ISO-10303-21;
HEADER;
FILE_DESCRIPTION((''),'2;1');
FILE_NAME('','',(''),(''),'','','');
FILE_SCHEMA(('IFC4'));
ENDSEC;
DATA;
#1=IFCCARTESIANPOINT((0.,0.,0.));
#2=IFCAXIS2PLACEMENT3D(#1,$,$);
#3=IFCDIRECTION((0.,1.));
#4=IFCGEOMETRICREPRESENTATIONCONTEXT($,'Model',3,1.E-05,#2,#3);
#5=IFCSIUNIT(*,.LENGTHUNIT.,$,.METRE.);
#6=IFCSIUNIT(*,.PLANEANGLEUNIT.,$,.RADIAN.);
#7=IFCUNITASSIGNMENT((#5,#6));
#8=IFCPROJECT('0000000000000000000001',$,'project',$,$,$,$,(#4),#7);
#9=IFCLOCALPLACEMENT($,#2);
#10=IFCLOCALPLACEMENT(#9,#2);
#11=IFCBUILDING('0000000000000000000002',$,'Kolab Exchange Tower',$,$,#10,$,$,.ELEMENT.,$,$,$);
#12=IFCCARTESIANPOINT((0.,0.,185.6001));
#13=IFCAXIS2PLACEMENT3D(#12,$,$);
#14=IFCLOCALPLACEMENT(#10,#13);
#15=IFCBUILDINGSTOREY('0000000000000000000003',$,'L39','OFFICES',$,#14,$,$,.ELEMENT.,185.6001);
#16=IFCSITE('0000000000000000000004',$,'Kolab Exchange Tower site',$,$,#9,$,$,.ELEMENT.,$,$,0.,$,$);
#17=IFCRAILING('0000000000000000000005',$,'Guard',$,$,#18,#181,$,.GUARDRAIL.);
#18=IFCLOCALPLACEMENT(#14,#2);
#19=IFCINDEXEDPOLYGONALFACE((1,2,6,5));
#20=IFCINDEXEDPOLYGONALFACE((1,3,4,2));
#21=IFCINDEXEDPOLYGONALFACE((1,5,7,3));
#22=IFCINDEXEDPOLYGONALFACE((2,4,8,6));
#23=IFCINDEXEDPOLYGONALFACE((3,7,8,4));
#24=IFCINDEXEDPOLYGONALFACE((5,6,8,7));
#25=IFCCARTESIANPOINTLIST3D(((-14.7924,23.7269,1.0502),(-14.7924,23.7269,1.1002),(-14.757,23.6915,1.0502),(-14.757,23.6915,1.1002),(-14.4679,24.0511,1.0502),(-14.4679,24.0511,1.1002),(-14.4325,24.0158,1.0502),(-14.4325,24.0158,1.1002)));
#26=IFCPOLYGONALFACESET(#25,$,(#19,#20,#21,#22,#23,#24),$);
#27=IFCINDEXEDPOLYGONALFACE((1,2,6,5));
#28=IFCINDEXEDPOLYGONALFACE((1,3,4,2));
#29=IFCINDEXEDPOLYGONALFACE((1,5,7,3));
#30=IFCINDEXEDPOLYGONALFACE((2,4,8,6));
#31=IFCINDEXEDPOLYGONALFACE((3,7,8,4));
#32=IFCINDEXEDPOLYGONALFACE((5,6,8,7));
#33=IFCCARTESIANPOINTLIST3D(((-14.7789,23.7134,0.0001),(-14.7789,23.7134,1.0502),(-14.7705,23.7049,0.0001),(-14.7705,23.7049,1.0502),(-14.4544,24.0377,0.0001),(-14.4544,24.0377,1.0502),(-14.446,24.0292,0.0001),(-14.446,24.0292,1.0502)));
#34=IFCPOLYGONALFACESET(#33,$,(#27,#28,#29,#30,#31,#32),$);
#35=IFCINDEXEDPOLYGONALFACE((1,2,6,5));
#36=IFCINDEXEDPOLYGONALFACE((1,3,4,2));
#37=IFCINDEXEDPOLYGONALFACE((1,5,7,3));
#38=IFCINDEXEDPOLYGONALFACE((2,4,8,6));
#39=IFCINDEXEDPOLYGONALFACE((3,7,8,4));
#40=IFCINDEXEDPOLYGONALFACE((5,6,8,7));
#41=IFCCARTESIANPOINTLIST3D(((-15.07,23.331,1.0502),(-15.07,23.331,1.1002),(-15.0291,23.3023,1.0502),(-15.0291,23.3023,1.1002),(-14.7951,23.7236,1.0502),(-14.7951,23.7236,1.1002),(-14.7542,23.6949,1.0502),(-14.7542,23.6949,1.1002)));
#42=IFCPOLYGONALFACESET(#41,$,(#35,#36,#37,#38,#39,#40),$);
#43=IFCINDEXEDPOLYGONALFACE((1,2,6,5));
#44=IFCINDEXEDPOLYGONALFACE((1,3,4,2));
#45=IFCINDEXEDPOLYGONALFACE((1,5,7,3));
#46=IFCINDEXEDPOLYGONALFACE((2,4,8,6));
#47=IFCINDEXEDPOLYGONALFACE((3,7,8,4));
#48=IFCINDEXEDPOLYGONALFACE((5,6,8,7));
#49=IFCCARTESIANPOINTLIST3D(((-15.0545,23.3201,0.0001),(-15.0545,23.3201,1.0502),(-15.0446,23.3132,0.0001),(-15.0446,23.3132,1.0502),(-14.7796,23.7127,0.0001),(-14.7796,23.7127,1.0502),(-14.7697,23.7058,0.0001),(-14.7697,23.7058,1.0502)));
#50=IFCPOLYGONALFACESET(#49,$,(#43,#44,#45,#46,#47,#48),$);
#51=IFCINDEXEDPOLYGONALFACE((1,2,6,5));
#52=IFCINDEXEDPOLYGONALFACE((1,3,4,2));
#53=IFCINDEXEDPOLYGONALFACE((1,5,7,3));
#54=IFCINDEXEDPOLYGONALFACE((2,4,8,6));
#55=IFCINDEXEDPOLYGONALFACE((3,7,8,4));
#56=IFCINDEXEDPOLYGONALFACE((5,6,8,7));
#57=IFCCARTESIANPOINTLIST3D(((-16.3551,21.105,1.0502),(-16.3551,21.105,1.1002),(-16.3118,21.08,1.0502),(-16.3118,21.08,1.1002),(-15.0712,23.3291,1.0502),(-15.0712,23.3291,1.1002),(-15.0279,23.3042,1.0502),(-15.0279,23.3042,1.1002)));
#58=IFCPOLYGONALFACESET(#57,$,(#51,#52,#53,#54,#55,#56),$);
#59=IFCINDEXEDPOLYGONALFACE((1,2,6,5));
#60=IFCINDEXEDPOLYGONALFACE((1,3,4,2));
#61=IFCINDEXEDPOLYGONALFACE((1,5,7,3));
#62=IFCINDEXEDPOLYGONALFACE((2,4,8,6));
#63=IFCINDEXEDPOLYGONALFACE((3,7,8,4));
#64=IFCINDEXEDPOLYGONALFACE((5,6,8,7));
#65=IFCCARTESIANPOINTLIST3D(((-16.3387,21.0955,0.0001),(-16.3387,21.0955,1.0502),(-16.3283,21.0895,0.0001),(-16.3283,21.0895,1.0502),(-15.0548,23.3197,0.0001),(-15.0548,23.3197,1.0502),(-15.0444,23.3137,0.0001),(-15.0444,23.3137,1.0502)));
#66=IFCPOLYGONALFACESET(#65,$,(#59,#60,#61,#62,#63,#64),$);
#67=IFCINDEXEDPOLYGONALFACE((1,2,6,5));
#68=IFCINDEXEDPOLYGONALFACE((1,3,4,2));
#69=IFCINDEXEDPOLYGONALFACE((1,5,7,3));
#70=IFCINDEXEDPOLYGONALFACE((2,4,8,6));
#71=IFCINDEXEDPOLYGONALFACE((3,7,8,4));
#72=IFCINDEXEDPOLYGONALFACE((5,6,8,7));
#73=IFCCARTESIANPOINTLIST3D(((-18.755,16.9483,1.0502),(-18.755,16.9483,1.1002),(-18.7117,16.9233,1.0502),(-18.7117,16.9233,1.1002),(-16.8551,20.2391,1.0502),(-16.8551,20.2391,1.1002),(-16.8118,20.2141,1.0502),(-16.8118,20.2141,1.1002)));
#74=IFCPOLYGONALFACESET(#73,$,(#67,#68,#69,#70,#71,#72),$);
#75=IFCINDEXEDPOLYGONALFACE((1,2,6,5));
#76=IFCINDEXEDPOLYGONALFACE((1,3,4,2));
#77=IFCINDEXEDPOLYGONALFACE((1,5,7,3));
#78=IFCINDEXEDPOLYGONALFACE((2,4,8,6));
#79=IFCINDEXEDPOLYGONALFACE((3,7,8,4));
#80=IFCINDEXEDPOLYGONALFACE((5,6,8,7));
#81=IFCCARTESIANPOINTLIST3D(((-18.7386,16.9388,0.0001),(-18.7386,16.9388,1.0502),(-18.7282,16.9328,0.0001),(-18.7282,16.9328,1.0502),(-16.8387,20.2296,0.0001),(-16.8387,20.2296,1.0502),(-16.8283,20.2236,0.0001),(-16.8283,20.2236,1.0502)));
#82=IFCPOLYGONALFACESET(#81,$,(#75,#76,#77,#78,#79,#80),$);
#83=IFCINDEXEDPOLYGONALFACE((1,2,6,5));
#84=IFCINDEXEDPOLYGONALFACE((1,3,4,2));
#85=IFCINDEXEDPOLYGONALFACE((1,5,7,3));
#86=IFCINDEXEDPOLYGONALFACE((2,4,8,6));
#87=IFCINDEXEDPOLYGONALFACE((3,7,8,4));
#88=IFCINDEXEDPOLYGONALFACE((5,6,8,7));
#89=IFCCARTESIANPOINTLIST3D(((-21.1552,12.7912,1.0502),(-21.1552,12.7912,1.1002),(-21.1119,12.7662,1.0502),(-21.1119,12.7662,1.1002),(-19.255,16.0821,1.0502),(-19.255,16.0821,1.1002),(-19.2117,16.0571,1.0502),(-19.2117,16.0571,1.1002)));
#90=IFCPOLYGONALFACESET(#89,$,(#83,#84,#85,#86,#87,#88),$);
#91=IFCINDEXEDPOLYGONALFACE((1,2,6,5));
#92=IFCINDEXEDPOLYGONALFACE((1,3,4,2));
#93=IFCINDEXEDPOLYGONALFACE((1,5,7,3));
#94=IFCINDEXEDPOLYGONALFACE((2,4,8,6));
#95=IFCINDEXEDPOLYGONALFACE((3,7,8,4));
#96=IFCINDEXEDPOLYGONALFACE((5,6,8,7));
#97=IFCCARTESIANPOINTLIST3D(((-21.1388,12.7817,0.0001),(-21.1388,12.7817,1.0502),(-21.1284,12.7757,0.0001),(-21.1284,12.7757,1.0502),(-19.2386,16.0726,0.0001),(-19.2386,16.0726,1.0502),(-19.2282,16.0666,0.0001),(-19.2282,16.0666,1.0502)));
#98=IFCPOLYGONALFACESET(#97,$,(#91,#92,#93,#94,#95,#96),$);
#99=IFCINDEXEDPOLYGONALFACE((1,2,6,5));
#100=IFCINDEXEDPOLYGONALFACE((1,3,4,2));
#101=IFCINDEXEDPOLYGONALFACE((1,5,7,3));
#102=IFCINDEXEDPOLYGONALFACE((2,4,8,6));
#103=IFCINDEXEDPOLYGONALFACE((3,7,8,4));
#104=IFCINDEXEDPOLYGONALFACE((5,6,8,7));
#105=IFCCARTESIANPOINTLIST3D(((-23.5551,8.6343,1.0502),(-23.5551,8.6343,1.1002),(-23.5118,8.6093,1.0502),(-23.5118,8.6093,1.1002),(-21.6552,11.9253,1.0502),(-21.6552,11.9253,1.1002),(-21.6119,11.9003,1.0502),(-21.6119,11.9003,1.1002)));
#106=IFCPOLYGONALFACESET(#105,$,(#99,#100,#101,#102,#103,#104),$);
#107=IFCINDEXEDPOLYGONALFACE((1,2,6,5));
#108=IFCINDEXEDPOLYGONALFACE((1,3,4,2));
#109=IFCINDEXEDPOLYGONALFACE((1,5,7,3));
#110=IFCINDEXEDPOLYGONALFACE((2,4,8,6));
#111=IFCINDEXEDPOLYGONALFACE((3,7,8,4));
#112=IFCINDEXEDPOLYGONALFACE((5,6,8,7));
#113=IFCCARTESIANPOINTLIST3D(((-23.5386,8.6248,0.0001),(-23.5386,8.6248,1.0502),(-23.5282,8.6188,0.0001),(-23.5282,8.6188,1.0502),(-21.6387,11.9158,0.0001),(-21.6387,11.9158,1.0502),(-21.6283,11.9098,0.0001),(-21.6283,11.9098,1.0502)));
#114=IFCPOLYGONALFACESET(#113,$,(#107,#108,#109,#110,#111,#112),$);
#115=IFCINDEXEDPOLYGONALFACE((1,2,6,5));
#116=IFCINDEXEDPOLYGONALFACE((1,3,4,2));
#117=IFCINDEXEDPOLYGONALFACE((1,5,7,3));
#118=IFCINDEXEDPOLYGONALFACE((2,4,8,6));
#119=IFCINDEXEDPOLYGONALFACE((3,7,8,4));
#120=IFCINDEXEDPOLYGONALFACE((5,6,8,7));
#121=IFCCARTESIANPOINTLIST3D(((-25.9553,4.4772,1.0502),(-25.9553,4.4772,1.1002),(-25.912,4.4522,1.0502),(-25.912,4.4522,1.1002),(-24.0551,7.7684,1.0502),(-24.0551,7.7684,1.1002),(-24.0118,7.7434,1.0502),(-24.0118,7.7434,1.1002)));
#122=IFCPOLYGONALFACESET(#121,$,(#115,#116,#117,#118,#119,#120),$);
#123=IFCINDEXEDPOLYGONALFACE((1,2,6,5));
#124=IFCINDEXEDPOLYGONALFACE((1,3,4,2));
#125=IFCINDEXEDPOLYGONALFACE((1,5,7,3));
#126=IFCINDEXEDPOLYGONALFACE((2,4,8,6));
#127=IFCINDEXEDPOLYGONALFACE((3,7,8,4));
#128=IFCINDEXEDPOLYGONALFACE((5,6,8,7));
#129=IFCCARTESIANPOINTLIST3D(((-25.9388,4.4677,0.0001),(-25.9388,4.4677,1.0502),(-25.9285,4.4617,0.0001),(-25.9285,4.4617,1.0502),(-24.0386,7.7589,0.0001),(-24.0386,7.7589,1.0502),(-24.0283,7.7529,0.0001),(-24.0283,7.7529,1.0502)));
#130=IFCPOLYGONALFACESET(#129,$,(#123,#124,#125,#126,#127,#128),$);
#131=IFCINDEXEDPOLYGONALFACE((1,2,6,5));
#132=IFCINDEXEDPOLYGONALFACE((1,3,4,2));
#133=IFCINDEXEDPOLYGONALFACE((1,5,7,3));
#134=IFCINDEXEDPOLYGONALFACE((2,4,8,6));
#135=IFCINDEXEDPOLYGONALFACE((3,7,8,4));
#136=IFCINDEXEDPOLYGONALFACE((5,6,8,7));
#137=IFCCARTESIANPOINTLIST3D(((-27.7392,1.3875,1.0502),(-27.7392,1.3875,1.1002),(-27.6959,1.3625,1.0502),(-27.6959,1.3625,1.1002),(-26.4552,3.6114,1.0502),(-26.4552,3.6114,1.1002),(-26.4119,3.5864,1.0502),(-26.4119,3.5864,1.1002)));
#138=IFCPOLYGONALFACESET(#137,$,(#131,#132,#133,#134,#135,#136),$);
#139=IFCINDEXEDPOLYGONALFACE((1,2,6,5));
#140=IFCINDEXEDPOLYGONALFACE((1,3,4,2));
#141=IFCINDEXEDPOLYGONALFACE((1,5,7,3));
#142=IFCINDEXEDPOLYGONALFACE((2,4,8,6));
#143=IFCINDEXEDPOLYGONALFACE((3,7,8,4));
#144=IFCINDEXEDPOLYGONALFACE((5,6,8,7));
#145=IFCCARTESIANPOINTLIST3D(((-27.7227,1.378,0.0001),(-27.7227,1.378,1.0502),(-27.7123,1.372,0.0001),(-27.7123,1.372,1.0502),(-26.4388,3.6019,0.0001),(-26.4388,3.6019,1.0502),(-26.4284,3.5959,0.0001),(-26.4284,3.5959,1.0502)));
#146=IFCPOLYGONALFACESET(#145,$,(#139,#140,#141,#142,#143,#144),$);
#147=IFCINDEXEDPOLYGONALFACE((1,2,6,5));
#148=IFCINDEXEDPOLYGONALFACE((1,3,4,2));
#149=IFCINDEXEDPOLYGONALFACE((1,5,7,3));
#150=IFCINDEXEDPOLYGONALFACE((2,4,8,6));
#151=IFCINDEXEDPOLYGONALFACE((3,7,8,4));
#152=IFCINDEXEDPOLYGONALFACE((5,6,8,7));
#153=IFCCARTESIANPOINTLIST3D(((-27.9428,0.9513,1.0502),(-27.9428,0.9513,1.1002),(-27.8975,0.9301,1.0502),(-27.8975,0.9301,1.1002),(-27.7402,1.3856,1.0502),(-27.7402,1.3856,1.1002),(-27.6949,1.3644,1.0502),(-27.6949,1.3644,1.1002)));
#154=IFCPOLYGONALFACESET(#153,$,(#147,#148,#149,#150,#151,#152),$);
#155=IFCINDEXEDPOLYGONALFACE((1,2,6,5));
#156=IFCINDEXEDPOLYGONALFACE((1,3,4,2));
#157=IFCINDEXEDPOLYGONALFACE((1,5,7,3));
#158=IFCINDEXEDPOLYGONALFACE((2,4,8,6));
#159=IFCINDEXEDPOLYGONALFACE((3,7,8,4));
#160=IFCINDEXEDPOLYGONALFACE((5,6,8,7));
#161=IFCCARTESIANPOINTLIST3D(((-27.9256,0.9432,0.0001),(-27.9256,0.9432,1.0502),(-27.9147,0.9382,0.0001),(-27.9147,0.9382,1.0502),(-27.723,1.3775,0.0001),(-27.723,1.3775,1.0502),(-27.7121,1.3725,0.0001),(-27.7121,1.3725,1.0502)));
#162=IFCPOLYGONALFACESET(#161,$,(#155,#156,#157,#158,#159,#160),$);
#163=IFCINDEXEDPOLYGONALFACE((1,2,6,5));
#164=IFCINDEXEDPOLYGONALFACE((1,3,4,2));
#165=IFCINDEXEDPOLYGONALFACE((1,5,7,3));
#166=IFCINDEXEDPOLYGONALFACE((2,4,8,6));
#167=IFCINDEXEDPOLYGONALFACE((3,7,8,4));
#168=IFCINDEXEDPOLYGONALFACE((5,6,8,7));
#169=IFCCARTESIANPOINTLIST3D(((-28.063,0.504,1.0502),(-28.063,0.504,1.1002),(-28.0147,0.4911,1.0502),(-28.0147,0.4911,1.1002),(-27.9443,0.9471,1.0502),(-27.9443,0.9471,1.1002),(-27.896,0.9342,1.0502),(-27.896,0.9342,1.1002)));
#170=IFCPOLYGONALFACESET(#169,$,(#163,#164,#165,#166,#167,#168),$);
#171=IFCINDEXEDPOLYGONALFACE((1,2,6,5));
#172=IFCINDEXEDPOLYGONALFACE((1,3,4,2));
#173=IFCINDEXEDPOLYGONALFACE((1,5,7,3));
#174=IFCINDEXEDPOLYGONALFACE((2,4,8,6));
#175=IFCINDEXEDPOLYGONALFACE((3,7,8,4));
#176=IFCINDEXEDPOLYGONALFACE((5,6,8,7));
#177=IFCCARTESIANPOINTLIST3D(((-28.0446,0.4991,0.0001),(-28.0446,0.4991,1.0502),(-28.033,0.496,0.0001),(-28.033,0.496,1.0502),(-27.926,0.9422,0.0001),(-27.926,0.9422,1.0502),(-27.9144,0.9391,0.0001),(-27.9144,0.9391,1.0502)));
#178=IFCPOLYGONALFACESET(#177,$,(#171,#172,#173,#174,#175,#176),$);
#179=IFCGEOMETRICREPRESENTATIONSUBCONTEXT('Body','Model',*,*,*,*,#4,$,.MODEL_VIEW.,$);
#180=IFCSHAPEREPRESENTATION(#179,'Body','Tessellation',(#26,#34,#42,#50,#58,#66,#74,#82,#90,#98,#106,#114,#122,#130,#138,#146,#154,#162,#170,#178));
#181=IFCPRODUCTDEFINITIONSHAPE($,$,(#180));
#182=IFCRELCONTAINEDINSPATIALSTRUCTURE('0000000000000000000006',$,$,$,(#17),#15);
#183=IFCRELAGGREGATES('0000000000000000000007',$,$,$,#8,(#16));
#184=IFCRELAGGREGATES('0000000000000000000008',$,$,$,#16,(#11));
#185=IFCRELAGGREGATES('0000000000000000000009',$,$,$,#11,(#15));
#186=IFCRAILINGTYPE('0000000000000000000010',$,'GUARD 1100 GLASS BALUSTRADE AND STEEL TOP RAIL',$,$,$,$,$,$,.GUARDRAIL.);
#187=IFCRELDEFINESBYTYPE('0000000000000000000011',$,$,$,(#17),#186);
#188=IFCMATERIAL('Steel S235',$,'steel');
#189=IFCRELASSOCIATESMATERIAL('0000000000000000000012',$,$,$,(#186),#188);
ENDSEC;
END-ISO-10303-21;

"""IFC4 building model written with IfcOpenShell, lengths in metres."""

from ifc_helpers import new_model, si_unit, direction, frame, frame_2d, origin, origin_2d, place, context, subcontext, project, spatial, rectangle, extrude, material, type_object, element, save


model = new_model("IFC4")

# Units and contexts
model_context = context("Model", 3, precision=1e-05, world=origin(), true_north=direction((0.0, 1.0)))
body_context = subcontext(model_context, "Body", "Model", "MODEL_VIEW")
ifc_project = project(units=[si_unit("LENGTHUNIT", "METRE"), si_unit("PLANEANGLEUNIT", "RADIAN")], contexts=[model_context])

# Site, building, storey
site_placement = place(None, origin())
site = spatial("IfcSite", under=ifc_project, at=site_placement, Name="Kolab Exchange Tower site", CompositionType="ELEMENT", RefElevation=0.0)
building_placement = place(site_placement, origin())
building = spatial("IfcBuilding", under=site, at=building_placement, Name="Kolab Exchange Tower", CompositionType="ELEMENT")
storey_placement = place(building_placement, frame((0.0, 0.0, 185.6001)))
storey = spatial("IfcBuildingStorey", under=building, at=storey_placement, Name="L39", Description="OFFICES", CompositionType="ELEMENT", Elevation=185.6001)

# Shared definitions
ifc_material_1 = material(Name="Steel S235", Category="steel")

# Railing
railing_type = type_object("IfcRailingType", Name="GUARD 1100 GLASS BALUSTRADE AND STEEL TOP RAIL", PredefinedType="GUARDRAIL", material=ifc_material_1)
railing_placement = place(storey_placement, frame((-14.4502, 24.0334, 0.0)))
element("IfcRailing", 1, at=railing_placement, inside=storey, type_object=railing_type, Name="Guard", PredefinedType="GUARDRAIL", context=body_context, shape_type="SweptSolid", body=[
    extrude(rectangle(XDim=0.05, YDim=0.05, at=origin_2d()), frame((0.0, 0.0, 1.0752), z_axis=(-0.707373, -0.706841, 0.0), x_axis=(0.706841, -0.707373, 0.0)), (0.0, 0.0, 1.0), 0.4587),
    extrude(rectangle(XDim=0.012, YDim=1.0501, at=frame_2d((0.0, 0.5251))), frame((0.0, 0.0, 0.0), z_axis=(-0.707373, -0.706841, 0.0), x_axis=(0.706841, -0.707373, 0.0)), (0.0, 0.0, 1.0), 0.4587),
    extrude(rectangle(XDim=0.05, YDim=0.05, at=origin_2d()), frame((-0.3245, -0.3242, 1.0752), z_axis=(-0.573599, -0.819136, 0.0), x_axis=(0.819136, -0.573599, 0.0)), (0.0, 0.0, 1.0), 0.4792),
    extrude(rectangle(XDim=0.012, YDim=1.0501, at=frame_2d((0.0, 0.5251))), frame((-0.3245, -0.3242, 0.0), z_axis=(-0.573599, -0.819136, 0.0), x_axis=(0.819136, -0.573599, 0.0)), (0.0, 0.0, 1.0), 0.4792),
    extrude(rectangle(XDim=0.05, YDim=0.05, at=origin_2d()), frame((-0.5994, -0.7168, 1.0752), z_axis=(-0.499953, -0.866053, 0.0), x_axis=(0.866053, -0.499953, 0.0)), (0.0, 0.0, 1.0), 2.5681),
    extrude(rectangle(XDim=0.012, YDim=1.0501, at=frame_2d((0.0, 0.5251))), frame((-0.5994, -0.7168, 0.0), z_axis=(-0.499953, -0.866053, 0.0), x_axis=(0.866053, -0.499953, 0.0)), (0.0, 0.0, 1.0), 2.5681),
    extrude(rectangle(XDim=0.05, YDim=0.05, at=origin_2d()), frame((-2.3833, -3.8069, 1.0752), z_axis=(-0.499995, -0.866028, 0.0), x_axis=(0.866028, -0.499995, 0.0)), (0.0, 0.0, 1.0), 3.7998),
    extrude(rectangle(XDim=0.012, YDim=1.0501, at=frame_2d((0.0, 0.5251))), frame((-2.3833, -3.8069, 0.0), z_axis=(-0.499995, -0.866028, 0.0), x_axis=(0.866028, -0.499995, 0.0)), (0.0, 0.0, 1.0), 3.7998),
    extrude(rectangle(XDim=0.05, YDim=0.05, at=origin_2d()), frame((-4.7832, -7.9639, 1.0752), z_axis=(-0.500043, -0.866, 0.0), x_axis=(0.866, -0.500043, 0.0)), (0.0, 0.0, 1.0), 3.8),
    extrude(rectangle(XDim=0.012, YDim=1.0501, at=frame_2d((0.0, 0.5251))), frame((-4.7832, -7.9639, 0.0), z_axis=(-0.500043, -0.866, 0.0), x_axis=(0.866, -0.500043, 0.0)), (0.0, 0.0, 1.0), 3.8),
    extrude(rectangle(XDim=0.05, YDim=0.05, at=origin_2d()), frame((-7.1833, -12.1206, 1.0752), z_axis=(-0.499967, -0.866044, 0.0), x_axis=(0.866044, -0.499967, 0.0)), (0.0, 0.0, 1.0), 3.8),
    extrude(rectangle(XDim=0.012, YDim=1.0501, at=frame_2d((0.0, 0.5251))), frame((-7.1833, -12.1206, 0.0), z_axis=(-0.499967, -0.866044, 0.0), x_axis=(0.866044, -0.499967, 0.0)), (0.0, 0.0, 1.0), 3.8),
    extrude(rectangle(XDim=0.05, YDim=0.05, at=origin_2d()), frame((-9.5833, -16.2776, 1.0752), z_axis=(-0.500015, -0.866017, 0.0), x_axis=(0.866017, -0.500015, 0.0)), (0.0, 0.0, 1.0), 3.8003),
    extrude(rectangle(XDim=0.012, YDim=1.0501, at=frame_2d((0.0, 0.5251))), frame((-9.5833, -16.2776, 0.0), z_axis=(-0.500015, -0.866017, 0.0), x_axis=(0.866017, -0.500015, 0.0)), (0.0, 0.0, 1.0), 3.8003),
    extrude(rectangle(XDim=0.05, YDim=0.05, at=origin_2d()), frame((-11.9834, -20.4346, 1.0752), z_axis=(-0.499994, -0.866029, 0.0), x_axis=(0.866029, -0.499994, 0.0)), (0.0, 0.0, 1.0), 2.5679),
    extrude(rectangle(XDim=0.012, YDim=1.0501, at=frame_2d((0.0, 0.5251))), frame((-11.9834, -20.4346, 0.0), z_axis=(-0.499994, -0.866029, 0.0), x_axis=(0.866029, -0.499994, 0.0)), (0.0, 0.0, 1.0), 2.5679),
    extrude(rectangle(XDim=0.05, YDim=0.05, at=origin_2d()), frame((-13.2673, -22.6584, 1.0752), z_axis=(-0.422802, -0.906222, 0.0), x_axis=(0.906222, -0.422802, 0.0)), (0.0, 0.0, 1.0), 0.4792),
    extrude(rectangle(XDim=0.012, YDim=1.0501, at=frame_2d((0.0, 0.5251))), frame((-13.2673, -22.6584, 0.0), z_axis=(-0.422802, -0.906222, 0.0), x_axis=(0.906222, -0.422802, 0.0)), (0.0, 0.0, 1.0), 0.4792),
    extrude(rectangle(XDim=0.05, YDim=0.05, at=origin_2d()), frame((-13.47, -23.0928, 1.0752), z_axis=(-0.258656, -0.965969, 0.0), x_axis=(0.965969, -0.258656, 0.0)), (0.0, 0.0, 1.0), 0.4587),
    extrude(rectangle(XDim=0.012, YDim=1.0501, at=frame_2d((0.0, 0.5251))), frame((-13.47, -23.0928, 0.0), z_axis=(-0.258656, -0.965969, 0.0), x_axis=(0.965969, -0.258656, 0.0)), (0.0, 0.0, 1.0), 0.4587),
])

save(model, "model.ifc")
